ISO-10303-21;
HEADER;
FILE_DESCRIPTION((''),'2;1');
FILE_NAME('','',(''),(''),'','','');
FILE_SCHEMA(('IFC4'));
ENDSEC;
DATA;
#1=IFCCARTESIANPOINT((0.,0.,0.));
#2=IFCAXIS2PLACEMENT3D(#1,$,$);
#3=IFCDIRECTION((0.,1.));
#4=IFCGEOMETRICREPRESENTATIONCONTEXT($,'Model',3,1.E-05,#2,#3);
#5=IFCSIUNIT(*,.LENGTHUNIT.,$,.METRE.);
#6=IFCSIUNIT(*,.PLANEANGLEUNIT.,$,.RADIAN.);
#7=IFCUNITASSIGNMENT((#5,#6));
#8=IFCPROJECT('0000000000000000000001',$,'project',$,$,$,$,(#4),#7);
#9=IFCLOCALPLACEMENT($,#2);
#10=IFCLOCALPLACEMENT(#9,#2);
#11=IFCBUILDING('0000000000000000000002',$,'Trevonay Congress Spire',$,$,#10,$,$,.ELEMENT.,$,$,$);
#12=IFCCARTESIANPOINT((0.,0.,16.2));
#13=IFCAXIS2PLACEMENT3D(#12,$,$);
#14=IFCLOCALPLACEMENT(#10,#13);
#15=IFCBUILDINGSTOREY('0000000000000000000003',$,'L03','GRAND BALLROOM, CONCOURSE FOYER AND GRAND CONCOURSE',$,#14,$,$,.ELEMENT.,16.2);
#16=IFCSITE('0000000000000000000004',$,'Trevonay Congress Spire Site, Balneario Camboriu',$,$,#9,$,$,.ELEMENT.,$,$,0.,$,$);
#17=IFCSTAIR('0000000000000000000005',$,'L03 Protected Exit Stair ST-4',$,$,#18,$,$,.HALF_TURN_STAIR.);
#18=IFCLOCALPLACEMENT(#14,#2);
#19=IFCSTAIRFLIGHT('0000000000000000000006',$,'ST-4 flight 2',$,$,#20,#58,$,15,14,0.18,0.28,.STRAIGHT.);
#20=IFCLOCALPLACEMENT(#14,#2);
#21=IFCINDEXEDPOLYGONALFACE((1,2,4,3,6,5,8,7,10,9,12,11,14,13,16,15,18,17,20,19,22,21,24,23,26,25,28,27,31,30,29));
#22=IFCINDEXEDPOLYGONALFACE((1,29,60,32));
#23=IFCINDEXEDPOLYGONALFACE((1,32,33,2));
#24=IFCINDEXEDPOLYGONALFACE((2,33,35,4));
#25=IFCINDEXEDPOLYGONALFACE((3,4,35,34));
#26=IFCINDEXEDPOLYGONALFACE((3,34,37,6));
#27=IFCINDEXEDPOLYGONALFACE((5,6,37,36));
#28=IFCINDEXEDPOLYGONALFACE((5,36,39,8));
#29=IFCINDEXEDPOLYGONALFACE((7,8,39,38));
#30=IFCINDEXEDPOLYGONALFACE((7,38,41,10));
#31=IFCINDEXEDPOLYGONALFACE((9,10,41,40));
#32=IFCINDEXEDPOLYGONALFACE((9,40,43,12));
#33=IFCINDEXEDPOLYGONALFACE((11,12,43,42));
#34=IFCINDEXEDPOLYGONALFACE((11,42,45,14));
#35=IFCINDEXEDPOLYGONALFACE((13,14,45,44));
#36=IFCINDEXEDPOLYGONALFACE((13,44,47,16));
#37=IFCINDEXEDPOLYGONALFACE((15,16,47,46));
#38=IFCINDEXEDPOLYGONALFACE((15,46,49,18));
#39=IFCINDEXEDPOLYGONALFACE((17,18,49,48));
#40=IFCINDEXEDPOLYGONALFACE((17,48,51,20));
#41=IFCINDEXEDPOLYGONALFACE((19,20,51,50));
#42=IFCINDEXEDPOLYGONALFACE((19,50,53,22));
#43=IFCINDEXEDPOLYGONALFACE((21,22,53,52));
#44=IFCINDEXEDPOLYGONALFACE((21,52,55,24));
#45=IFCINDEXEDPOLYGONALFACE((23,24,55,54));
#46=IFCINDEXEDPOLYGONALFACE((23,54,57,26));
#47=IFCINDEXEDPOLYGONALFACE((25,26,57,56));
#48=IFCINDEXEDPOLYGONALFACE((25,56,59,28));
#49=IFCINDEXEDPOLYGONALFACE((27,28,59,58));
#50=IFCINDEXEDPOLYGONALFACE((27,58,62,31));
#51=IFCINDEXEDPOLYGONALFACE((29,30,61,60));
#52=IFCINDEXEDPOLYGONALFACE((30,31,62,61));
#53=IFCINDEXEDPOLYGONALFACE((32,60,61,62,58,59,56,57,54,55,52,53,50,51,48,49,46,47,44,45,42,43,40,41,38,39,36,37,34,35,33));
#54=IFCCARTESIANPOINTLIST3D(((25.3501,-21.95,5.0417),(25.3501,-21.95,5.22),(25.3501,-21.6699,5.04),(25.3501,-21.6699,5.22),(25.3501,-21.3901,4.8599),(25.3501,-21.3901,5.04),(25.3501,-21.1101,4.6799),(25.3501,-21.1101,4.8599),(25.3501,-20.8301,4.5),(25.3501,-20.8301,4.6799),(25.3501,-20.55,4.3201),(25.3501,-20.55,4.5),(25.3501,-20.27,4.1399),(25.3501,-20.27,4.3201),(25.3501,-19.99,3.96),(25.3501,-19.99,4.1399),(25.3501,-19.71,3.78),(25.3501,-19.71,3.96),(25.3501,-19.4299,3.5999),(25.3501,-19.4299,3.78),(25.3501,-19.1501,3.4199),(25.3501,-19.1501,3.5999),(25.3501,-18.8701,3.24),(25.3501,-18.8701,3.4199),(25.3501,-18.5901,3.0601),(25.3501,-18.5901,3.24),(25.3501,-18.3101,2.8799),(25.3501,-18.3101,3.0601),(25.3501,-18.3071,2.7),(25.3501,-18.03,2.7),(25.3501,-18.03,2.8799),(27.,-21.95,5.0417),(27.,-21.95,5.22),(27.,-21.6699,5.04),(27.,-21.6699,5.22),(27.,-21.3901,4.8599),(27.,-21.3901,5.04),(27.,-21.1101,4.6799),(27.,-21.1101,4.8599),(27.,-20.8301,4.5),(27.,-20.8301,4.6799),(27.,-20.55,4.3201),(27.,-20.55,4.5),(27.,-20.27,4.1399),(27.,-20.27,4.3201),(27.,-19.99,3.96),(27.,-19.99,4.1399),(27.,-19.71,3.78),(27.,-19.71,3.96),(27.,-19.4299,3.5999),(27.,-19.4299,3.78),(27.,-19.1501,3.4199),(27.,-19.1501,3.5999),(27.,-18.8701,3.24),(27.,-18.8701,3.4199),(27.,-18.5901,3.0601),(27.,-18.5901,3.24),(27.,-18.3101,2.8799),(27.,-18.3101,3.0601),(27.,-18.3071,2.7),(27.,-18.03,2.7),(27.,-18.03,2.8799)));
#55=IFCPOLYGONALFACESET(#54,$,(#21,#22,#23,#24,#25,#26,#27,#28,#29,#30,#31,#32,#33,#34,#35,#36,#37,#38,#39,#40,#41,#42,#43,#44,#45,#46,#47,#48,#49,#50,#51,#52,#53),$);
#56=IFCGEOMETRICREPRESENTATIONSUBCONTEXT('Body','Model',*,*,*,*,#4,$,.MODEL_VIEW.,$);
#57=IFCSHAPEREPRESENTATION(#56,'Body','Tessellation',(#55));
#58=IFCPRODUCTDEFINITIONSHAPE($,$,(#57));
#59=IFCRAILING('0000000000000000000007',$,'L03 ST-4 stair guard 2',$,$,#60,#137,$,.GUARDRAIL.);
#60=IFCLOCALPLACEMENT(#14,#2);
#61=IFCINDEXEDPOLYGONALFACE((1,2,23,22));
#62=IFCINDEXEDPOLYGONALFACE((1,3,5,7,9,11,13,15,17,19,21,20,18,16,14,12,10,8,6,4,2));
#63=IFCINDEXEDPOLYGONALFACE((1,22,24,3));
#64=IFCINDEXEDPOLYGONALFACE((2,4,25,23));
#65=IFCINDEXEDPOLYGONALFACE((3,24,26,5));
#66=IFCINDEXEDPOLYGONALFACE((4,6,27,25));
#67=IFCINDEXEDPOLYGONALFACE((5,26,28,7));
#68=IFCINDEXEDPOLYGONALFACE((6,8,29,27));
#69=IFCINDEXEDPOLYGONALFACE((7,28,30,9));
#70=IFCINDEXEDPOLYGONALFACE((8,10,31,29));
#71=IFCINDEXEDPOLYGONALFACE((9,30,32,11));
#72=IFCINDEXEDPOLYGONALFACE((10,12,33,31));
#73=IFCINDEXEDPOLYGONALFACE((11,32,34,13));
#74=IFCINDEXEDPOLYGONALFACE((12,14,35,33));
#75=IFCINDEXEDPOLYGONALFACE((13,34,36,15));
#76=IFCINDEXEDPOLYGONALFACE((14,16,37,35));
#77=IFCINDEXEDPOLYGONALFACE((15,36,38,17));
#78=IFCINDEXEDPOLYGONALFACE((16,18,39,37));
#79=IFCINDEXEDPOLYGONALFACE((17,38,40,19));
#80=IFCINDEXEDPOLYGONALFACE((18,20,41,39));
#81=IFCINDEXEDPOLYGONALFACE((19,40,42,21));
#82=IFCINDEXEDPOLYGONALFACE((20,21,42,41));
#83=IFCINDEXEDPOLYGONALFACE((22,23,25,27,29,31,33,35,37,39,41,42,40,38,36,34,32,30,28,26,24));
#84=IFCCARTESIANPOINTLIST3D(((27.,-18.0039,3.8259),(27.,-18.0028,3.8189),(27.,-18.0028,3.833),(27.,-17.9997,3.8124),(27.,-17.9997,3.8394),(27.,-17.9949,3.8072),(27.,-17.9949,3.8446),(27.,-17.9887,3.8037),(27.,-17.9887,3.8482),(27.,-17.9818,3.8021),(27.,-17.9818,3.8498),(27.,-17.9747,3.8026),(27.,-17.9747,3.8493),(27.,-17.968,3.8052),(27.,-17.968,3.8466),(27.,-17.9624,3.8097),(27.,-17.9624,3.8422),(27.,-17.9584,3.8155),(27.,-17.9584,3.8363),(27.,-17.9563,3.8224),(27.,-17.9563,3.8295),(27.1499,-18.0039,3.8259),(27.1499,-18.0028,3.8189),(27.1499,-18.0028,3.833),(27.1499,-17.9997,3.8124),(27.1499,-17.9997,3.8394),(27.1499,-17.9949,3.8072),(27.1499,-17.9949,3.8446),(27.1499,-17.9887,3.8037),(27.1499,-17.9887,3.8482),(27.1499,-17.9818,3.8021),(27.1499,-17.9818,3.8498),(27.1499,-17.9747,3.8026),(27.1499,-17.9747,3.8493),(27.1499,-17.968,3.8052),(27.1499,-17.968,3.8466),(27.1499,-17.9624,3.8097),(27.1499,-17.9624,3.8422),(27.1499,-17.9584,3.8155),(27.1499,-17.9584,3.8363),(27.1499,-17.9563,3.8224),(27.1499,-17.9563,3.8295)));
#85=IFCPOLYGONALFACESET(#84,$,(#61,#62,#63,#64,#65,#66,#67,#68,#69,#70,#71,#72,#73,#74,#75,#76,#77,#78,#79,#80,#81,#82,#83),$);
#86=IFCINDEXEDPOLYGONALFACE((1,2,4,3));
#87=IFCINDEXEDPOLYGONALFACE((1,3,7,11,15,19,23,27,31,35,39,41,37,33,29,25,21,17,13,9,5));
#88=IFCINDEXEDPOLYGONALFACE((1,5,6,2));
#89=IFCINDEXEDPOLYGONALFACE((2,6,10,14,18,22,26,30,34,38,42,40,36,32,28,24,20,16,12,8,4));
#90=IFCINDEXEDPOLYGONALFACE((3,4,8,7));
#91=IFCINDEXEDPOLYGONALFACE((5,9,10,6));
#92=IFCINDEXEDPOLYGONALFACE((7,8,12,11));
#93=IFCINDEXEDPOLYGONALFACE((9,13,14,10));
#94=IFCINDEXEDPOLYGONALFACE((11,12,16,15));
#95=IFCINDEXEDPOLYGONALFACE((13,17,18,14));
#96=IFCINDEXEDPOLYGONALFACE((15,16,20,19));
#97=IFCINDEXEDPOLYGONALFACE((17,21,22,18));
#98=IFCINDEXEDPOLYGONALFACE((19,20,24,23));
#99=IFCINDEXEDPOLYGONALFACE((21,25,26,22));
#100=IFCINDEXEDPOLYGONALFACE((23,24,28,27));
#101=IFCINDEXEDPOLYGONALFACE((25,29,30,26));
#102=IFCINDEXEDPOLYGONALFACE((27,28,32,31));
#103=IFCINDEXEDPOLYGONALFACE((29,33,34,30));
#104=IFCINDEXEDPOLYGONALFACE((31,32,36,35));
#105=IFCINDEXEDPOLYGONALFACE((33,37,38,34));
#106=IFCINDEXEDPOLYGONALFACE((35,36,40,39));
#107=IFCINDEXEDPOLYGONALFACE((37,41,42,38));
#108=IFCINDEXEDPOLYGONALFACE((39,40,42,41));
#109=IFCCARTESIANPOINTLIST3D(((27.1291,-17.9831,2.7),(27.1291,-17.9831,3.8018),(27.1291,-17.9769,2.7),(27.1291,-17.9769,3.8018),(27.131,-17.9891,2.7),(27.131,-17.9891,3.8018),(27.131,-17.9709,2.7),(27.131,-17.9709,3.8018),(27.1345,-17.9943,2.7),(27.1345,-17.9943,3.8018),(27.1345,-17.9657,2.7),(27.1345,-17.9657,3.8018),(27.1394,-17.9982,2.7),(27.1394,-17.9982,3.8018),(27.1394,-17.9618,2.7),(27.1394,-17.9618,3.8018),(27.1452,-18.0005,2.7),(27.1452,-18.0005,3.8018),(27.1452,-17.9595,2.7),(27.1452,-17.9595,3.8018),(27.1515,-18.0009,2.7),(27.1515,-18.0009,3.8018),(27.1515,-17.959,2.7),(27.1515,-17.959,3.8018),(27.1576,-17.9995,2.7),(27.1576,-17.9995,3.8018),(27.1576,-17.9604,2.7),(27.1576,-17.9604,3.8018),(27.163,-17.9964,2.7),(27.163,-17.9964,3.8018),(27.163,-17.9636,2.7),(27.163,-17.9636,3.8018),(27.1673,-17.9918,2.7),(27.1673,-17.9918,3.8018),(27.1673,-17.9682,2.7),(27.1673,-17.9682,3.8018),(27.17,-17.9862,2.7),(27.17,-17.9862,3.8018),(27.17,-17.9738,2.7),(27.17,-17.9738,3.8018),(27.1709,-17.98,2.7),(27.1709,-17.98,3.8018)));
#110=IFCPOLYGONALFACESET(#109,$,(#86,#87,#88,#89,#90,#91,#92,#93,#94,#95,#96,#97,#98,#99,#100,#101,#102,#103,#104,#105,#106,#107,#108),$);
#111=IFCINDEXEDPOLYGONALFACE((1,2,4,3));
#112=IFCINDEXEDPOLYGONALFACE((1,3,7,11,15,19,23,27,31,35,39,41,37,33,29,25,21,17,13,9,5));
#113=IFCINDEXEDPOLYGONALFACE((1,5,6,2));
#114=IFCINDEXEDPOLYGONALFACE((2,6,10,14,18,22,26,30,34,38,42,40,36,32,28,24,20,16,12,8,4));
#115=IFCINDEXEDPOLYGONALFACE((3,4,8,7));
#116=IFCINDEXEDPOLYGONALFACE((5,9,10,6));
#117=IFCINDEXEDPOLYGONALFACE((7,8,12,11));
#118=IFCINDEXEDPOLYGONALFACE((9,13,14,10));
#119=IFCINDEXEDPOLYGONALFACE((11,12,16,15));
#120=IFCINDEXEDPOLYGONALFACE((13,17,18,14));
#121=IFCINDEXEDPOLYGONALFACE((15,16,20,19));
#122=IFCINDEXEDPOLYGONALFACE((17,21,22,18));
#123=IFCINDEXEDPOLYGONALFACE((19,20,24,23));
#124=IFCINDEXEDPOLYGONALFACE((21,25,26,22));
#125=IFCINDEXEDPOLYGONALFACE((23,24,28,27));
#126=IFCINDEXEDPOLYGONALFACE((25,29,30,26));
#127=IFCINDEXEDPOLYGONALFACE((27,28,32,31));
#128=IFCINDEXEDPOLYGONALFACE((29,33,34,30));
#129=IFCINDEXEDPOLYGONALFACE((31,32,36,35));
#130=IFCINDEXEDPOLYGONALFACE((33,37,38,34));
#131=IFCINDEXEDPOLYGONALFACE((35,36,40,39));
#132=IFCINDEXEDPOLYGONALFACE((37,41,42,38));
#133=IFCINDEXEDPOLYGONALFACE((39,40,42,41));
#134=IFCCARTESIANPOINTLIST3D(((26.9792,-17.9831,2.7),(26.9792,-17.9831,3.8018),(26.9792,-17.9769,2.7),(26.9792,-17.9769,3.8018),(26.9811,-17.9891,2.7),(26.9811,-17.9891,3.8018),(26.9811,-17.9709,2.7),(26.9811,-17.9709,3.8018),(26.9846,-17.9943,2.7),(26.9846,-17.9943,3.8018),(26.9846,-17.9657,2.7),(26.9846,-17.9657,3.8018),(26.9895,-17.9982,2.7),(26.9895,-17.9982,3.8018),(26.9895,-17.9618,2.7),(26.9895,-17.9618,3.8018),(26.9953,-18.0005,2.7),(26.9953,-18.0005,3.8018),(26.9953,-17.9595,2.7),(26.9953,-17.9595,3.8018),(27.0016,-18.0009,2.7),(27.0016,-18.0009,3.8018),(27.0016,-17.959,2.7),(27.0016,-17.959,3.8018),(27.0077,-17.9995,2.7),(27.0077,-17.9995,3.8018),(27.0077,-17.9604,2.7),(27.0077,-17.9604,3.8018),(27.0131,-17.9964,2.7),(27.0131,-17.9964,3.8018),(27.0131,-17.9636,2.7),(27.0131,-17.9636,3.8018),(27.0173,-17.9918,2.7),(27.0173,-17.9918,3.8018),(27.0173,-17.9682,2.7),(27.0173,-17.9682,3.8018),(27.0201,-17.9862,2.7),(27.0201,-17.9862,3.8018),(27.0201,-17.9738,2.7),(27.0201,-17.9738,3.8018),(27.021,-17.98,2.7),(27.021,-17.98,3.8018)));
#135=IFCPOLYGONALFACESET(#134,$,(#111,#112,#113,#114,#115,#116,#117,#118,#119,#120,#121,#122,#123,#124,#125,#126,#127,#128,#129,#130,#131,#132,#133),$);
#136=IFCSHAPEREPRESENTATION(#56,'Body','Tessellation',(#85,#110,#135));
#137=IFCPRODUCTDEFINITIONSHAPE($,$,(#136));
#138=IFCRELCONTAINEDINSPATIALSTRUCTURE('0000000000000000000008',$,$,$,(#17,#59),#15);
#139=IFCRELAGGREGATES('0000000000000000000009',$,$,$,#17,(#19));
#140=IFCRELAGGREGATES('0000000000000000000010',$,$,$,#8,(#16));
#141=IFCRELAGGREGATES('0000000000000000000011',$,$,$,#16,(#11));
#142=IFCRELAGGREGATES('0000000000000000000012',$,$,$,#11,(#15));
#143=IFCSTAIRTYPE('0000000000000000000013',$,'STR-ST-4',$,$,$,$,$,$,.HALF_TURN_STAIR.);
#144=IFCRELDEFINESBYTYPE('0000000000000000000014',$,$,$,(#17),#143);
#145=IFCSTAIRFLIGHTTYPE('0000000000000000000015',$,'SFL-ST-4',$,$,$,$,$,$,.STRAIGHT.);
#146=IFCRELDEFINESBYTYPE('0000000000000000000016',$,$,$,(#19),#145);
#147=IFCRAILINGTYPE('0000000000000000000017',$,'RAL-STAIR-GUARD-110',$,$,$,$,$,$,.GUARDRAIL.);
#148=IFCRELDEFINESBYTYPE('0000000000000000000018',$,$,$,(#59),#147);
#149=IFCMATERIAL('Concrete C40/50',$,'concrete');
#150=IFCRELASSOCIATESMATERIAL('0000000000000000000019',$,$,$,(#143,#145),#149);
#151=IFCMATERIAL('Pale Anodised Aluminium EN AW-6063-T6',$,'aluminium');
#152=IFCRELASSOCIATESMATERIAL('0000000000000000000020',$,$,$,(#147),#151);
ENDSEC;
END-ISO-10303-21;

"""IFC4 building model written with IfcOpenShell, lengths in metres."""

from ifc_helpers import new_model, si_unit, direction, frame, origin, origin_2d, place, context, subcontext, project, spatial, polyline, circle, outline, extrude, material, type_object, element, aggregate, save


model = new_model("IFC4")

# Units and contexts
model_context = context("Model", 3, precision=1e-05, world=origin(), true_north=direction((0.0, 1.0)))
body_context = subcontext(model_context, "Body", "Model", "MODEL_VIEW")
ifc_project = project(units=[si_unit("LENGTHUNIT", "METRE"), si_unit("PLANEANGLEUNIT", "RADIAN")], contexts=[model_context])

# Site, building, storey
site_placement = place(None, origin())
site = spatial("IfcSite", under=ifc_project, at=site_placement, Name="Trevonay Congress Spire Site, Balneario Camboriu", CompositionType="ELEMENT", RefElevation=0.0)
building_placement = place(site_placement, origin())
building = spatial("IfcBuilding", under=site, at=building_placement, Name="Trevonay Congress Spire", CompositionType="ELEMENT")
storey_placement = place(building_placement, frame((0.0, 0.0, 16.2)))
storey = spatial("IfcBuildingStorey", under=building, at=storey_placement, Name="L03", Description="GRAND BALLROOM, CONCOURSE FOYER AND GRAND CONCOURSE", CompositionType="ELEMENT", Elevation=16.2)

# Shared definitions
ifc_material_1 = material(Name="Pale Anodised Aluminium EN AW-6063-T6", Category="aluminium")

# Shared definitions
ifc_material_2 = material(Name="Concrete C40/50", Category="concrete")

# Stair, stair flight
stair_type = type_object("IfcStairType", Name="STR-ST-4", PredefinedType="HALF_TURN_STAIR", material=ifc_material_2)
stair_placement = place(storey_placement, origin())
stair = element("IfcStair", 1, at=stair_placement, inside=storey, type_object=stair_type, Name="L03 Protected Exit Stair ST-4", PredefinedType="HALF_TURN_STAIR")
stair_flight_type = type_object("IfcStairFlightType", Name="SFL-ST-4", PredefinedType="STRAIGHT", material=ifc_material_2)
stair_flight_placement = place(storey_placement, frame((26.175, -18.03, 2.7), z_axis=(0.0, 0.0, 1.0), x_axis=(0.0, -1.0, 0.0)))
stair_flight = element("IfcStairFlight", 2, at=stair_flight_placement, type_object=stair_flight_type, Name="ST-4 flight 2", NumberOfRisers=15, NumberOfTreads=14, PredefinedType="STRAIGHT", RiserHeight=0.18, TreadLength=0.28, context=body_context, shape_type="SweptSolid", body=[
    extrude(outline(polyline([(0.0, 0.0), (0.0, 0.1799), (0.28, 0.1799), (0.28, 0.3601), (0.5601, 0.3601), (0.5601, 0.54), (0.8401, 0.54), (0.8401, 0.72), (1.1201, 0.72), (1.1201, 0.8999), (1.3999, 0.8999), (1.3999, 1.0801), (1.6799, 1.0801), (1.6799, 1.26), (1.96, 1.26), (1.96, 1.4399), (2.24, 1.4399), (2.24, 1.6201), (2.52, 1.6201), (2.52, 1.8), (2.8, 1.8), (2.8, 1.98), (3.0801, 1.98), (3.0801, 2.1599), (3.3601, 2.1599), (3.3601, 2.3401), (3.6399, 2.3401), (3.6399, 2.52), (3.9199, 2.52), (3.9199, 2.7), (3.9199, 2.3418), (0.2771, 0.0), (0.0, 0.0)])), frame((0.0, 0.825, 0.0), z_axis=(0.0, -1.0, 0.0), x_axis=(1.0, 0.0, 0.0)), (0.0, 0.0, 1.0), 1.6499),
])
aggregate(stair, [stair_flight])

# Railing
railing_type_1 = type_object("IfcRailingType", Name="RAL-STAIR-GUARD-110", PredefinedType="GUARDRAIL", material=ifc_material_1)
railing_1_placement = place(storey_placement, frame((27.1499, -17.98, 2.7)))
element("IfcRailing", 3, at=railing_1_placement, inside=storey, type_object=railing_type_1, Name="L03 ST-4 stair guard 2", PredefinedType="GUARDRAIL", context=body_context, shape_type="SweptSolid", body=[
    extrude(circle(Radius=0.0239, at=origin_2d()), frame((0.0, 0.0, 1.126), z_axis=(-1.0, 0.0, 0.0), x_axis=(0.0, -1.0, 0.0)), (0.0, 0.0, 1.0), 0.1499),
    extrude(circle(Radius=0.021, at=origin_2d()), origin(), (0.0, 0.0, 1.0), 1.1018),
    extrude(circle(Radius=0.021, at=origin_2d()), frame((-0.1499, 0.0, 0.0)), (0.0, 0.0, 1.0), 1.1018),
])

save(model, "model.ifc")
